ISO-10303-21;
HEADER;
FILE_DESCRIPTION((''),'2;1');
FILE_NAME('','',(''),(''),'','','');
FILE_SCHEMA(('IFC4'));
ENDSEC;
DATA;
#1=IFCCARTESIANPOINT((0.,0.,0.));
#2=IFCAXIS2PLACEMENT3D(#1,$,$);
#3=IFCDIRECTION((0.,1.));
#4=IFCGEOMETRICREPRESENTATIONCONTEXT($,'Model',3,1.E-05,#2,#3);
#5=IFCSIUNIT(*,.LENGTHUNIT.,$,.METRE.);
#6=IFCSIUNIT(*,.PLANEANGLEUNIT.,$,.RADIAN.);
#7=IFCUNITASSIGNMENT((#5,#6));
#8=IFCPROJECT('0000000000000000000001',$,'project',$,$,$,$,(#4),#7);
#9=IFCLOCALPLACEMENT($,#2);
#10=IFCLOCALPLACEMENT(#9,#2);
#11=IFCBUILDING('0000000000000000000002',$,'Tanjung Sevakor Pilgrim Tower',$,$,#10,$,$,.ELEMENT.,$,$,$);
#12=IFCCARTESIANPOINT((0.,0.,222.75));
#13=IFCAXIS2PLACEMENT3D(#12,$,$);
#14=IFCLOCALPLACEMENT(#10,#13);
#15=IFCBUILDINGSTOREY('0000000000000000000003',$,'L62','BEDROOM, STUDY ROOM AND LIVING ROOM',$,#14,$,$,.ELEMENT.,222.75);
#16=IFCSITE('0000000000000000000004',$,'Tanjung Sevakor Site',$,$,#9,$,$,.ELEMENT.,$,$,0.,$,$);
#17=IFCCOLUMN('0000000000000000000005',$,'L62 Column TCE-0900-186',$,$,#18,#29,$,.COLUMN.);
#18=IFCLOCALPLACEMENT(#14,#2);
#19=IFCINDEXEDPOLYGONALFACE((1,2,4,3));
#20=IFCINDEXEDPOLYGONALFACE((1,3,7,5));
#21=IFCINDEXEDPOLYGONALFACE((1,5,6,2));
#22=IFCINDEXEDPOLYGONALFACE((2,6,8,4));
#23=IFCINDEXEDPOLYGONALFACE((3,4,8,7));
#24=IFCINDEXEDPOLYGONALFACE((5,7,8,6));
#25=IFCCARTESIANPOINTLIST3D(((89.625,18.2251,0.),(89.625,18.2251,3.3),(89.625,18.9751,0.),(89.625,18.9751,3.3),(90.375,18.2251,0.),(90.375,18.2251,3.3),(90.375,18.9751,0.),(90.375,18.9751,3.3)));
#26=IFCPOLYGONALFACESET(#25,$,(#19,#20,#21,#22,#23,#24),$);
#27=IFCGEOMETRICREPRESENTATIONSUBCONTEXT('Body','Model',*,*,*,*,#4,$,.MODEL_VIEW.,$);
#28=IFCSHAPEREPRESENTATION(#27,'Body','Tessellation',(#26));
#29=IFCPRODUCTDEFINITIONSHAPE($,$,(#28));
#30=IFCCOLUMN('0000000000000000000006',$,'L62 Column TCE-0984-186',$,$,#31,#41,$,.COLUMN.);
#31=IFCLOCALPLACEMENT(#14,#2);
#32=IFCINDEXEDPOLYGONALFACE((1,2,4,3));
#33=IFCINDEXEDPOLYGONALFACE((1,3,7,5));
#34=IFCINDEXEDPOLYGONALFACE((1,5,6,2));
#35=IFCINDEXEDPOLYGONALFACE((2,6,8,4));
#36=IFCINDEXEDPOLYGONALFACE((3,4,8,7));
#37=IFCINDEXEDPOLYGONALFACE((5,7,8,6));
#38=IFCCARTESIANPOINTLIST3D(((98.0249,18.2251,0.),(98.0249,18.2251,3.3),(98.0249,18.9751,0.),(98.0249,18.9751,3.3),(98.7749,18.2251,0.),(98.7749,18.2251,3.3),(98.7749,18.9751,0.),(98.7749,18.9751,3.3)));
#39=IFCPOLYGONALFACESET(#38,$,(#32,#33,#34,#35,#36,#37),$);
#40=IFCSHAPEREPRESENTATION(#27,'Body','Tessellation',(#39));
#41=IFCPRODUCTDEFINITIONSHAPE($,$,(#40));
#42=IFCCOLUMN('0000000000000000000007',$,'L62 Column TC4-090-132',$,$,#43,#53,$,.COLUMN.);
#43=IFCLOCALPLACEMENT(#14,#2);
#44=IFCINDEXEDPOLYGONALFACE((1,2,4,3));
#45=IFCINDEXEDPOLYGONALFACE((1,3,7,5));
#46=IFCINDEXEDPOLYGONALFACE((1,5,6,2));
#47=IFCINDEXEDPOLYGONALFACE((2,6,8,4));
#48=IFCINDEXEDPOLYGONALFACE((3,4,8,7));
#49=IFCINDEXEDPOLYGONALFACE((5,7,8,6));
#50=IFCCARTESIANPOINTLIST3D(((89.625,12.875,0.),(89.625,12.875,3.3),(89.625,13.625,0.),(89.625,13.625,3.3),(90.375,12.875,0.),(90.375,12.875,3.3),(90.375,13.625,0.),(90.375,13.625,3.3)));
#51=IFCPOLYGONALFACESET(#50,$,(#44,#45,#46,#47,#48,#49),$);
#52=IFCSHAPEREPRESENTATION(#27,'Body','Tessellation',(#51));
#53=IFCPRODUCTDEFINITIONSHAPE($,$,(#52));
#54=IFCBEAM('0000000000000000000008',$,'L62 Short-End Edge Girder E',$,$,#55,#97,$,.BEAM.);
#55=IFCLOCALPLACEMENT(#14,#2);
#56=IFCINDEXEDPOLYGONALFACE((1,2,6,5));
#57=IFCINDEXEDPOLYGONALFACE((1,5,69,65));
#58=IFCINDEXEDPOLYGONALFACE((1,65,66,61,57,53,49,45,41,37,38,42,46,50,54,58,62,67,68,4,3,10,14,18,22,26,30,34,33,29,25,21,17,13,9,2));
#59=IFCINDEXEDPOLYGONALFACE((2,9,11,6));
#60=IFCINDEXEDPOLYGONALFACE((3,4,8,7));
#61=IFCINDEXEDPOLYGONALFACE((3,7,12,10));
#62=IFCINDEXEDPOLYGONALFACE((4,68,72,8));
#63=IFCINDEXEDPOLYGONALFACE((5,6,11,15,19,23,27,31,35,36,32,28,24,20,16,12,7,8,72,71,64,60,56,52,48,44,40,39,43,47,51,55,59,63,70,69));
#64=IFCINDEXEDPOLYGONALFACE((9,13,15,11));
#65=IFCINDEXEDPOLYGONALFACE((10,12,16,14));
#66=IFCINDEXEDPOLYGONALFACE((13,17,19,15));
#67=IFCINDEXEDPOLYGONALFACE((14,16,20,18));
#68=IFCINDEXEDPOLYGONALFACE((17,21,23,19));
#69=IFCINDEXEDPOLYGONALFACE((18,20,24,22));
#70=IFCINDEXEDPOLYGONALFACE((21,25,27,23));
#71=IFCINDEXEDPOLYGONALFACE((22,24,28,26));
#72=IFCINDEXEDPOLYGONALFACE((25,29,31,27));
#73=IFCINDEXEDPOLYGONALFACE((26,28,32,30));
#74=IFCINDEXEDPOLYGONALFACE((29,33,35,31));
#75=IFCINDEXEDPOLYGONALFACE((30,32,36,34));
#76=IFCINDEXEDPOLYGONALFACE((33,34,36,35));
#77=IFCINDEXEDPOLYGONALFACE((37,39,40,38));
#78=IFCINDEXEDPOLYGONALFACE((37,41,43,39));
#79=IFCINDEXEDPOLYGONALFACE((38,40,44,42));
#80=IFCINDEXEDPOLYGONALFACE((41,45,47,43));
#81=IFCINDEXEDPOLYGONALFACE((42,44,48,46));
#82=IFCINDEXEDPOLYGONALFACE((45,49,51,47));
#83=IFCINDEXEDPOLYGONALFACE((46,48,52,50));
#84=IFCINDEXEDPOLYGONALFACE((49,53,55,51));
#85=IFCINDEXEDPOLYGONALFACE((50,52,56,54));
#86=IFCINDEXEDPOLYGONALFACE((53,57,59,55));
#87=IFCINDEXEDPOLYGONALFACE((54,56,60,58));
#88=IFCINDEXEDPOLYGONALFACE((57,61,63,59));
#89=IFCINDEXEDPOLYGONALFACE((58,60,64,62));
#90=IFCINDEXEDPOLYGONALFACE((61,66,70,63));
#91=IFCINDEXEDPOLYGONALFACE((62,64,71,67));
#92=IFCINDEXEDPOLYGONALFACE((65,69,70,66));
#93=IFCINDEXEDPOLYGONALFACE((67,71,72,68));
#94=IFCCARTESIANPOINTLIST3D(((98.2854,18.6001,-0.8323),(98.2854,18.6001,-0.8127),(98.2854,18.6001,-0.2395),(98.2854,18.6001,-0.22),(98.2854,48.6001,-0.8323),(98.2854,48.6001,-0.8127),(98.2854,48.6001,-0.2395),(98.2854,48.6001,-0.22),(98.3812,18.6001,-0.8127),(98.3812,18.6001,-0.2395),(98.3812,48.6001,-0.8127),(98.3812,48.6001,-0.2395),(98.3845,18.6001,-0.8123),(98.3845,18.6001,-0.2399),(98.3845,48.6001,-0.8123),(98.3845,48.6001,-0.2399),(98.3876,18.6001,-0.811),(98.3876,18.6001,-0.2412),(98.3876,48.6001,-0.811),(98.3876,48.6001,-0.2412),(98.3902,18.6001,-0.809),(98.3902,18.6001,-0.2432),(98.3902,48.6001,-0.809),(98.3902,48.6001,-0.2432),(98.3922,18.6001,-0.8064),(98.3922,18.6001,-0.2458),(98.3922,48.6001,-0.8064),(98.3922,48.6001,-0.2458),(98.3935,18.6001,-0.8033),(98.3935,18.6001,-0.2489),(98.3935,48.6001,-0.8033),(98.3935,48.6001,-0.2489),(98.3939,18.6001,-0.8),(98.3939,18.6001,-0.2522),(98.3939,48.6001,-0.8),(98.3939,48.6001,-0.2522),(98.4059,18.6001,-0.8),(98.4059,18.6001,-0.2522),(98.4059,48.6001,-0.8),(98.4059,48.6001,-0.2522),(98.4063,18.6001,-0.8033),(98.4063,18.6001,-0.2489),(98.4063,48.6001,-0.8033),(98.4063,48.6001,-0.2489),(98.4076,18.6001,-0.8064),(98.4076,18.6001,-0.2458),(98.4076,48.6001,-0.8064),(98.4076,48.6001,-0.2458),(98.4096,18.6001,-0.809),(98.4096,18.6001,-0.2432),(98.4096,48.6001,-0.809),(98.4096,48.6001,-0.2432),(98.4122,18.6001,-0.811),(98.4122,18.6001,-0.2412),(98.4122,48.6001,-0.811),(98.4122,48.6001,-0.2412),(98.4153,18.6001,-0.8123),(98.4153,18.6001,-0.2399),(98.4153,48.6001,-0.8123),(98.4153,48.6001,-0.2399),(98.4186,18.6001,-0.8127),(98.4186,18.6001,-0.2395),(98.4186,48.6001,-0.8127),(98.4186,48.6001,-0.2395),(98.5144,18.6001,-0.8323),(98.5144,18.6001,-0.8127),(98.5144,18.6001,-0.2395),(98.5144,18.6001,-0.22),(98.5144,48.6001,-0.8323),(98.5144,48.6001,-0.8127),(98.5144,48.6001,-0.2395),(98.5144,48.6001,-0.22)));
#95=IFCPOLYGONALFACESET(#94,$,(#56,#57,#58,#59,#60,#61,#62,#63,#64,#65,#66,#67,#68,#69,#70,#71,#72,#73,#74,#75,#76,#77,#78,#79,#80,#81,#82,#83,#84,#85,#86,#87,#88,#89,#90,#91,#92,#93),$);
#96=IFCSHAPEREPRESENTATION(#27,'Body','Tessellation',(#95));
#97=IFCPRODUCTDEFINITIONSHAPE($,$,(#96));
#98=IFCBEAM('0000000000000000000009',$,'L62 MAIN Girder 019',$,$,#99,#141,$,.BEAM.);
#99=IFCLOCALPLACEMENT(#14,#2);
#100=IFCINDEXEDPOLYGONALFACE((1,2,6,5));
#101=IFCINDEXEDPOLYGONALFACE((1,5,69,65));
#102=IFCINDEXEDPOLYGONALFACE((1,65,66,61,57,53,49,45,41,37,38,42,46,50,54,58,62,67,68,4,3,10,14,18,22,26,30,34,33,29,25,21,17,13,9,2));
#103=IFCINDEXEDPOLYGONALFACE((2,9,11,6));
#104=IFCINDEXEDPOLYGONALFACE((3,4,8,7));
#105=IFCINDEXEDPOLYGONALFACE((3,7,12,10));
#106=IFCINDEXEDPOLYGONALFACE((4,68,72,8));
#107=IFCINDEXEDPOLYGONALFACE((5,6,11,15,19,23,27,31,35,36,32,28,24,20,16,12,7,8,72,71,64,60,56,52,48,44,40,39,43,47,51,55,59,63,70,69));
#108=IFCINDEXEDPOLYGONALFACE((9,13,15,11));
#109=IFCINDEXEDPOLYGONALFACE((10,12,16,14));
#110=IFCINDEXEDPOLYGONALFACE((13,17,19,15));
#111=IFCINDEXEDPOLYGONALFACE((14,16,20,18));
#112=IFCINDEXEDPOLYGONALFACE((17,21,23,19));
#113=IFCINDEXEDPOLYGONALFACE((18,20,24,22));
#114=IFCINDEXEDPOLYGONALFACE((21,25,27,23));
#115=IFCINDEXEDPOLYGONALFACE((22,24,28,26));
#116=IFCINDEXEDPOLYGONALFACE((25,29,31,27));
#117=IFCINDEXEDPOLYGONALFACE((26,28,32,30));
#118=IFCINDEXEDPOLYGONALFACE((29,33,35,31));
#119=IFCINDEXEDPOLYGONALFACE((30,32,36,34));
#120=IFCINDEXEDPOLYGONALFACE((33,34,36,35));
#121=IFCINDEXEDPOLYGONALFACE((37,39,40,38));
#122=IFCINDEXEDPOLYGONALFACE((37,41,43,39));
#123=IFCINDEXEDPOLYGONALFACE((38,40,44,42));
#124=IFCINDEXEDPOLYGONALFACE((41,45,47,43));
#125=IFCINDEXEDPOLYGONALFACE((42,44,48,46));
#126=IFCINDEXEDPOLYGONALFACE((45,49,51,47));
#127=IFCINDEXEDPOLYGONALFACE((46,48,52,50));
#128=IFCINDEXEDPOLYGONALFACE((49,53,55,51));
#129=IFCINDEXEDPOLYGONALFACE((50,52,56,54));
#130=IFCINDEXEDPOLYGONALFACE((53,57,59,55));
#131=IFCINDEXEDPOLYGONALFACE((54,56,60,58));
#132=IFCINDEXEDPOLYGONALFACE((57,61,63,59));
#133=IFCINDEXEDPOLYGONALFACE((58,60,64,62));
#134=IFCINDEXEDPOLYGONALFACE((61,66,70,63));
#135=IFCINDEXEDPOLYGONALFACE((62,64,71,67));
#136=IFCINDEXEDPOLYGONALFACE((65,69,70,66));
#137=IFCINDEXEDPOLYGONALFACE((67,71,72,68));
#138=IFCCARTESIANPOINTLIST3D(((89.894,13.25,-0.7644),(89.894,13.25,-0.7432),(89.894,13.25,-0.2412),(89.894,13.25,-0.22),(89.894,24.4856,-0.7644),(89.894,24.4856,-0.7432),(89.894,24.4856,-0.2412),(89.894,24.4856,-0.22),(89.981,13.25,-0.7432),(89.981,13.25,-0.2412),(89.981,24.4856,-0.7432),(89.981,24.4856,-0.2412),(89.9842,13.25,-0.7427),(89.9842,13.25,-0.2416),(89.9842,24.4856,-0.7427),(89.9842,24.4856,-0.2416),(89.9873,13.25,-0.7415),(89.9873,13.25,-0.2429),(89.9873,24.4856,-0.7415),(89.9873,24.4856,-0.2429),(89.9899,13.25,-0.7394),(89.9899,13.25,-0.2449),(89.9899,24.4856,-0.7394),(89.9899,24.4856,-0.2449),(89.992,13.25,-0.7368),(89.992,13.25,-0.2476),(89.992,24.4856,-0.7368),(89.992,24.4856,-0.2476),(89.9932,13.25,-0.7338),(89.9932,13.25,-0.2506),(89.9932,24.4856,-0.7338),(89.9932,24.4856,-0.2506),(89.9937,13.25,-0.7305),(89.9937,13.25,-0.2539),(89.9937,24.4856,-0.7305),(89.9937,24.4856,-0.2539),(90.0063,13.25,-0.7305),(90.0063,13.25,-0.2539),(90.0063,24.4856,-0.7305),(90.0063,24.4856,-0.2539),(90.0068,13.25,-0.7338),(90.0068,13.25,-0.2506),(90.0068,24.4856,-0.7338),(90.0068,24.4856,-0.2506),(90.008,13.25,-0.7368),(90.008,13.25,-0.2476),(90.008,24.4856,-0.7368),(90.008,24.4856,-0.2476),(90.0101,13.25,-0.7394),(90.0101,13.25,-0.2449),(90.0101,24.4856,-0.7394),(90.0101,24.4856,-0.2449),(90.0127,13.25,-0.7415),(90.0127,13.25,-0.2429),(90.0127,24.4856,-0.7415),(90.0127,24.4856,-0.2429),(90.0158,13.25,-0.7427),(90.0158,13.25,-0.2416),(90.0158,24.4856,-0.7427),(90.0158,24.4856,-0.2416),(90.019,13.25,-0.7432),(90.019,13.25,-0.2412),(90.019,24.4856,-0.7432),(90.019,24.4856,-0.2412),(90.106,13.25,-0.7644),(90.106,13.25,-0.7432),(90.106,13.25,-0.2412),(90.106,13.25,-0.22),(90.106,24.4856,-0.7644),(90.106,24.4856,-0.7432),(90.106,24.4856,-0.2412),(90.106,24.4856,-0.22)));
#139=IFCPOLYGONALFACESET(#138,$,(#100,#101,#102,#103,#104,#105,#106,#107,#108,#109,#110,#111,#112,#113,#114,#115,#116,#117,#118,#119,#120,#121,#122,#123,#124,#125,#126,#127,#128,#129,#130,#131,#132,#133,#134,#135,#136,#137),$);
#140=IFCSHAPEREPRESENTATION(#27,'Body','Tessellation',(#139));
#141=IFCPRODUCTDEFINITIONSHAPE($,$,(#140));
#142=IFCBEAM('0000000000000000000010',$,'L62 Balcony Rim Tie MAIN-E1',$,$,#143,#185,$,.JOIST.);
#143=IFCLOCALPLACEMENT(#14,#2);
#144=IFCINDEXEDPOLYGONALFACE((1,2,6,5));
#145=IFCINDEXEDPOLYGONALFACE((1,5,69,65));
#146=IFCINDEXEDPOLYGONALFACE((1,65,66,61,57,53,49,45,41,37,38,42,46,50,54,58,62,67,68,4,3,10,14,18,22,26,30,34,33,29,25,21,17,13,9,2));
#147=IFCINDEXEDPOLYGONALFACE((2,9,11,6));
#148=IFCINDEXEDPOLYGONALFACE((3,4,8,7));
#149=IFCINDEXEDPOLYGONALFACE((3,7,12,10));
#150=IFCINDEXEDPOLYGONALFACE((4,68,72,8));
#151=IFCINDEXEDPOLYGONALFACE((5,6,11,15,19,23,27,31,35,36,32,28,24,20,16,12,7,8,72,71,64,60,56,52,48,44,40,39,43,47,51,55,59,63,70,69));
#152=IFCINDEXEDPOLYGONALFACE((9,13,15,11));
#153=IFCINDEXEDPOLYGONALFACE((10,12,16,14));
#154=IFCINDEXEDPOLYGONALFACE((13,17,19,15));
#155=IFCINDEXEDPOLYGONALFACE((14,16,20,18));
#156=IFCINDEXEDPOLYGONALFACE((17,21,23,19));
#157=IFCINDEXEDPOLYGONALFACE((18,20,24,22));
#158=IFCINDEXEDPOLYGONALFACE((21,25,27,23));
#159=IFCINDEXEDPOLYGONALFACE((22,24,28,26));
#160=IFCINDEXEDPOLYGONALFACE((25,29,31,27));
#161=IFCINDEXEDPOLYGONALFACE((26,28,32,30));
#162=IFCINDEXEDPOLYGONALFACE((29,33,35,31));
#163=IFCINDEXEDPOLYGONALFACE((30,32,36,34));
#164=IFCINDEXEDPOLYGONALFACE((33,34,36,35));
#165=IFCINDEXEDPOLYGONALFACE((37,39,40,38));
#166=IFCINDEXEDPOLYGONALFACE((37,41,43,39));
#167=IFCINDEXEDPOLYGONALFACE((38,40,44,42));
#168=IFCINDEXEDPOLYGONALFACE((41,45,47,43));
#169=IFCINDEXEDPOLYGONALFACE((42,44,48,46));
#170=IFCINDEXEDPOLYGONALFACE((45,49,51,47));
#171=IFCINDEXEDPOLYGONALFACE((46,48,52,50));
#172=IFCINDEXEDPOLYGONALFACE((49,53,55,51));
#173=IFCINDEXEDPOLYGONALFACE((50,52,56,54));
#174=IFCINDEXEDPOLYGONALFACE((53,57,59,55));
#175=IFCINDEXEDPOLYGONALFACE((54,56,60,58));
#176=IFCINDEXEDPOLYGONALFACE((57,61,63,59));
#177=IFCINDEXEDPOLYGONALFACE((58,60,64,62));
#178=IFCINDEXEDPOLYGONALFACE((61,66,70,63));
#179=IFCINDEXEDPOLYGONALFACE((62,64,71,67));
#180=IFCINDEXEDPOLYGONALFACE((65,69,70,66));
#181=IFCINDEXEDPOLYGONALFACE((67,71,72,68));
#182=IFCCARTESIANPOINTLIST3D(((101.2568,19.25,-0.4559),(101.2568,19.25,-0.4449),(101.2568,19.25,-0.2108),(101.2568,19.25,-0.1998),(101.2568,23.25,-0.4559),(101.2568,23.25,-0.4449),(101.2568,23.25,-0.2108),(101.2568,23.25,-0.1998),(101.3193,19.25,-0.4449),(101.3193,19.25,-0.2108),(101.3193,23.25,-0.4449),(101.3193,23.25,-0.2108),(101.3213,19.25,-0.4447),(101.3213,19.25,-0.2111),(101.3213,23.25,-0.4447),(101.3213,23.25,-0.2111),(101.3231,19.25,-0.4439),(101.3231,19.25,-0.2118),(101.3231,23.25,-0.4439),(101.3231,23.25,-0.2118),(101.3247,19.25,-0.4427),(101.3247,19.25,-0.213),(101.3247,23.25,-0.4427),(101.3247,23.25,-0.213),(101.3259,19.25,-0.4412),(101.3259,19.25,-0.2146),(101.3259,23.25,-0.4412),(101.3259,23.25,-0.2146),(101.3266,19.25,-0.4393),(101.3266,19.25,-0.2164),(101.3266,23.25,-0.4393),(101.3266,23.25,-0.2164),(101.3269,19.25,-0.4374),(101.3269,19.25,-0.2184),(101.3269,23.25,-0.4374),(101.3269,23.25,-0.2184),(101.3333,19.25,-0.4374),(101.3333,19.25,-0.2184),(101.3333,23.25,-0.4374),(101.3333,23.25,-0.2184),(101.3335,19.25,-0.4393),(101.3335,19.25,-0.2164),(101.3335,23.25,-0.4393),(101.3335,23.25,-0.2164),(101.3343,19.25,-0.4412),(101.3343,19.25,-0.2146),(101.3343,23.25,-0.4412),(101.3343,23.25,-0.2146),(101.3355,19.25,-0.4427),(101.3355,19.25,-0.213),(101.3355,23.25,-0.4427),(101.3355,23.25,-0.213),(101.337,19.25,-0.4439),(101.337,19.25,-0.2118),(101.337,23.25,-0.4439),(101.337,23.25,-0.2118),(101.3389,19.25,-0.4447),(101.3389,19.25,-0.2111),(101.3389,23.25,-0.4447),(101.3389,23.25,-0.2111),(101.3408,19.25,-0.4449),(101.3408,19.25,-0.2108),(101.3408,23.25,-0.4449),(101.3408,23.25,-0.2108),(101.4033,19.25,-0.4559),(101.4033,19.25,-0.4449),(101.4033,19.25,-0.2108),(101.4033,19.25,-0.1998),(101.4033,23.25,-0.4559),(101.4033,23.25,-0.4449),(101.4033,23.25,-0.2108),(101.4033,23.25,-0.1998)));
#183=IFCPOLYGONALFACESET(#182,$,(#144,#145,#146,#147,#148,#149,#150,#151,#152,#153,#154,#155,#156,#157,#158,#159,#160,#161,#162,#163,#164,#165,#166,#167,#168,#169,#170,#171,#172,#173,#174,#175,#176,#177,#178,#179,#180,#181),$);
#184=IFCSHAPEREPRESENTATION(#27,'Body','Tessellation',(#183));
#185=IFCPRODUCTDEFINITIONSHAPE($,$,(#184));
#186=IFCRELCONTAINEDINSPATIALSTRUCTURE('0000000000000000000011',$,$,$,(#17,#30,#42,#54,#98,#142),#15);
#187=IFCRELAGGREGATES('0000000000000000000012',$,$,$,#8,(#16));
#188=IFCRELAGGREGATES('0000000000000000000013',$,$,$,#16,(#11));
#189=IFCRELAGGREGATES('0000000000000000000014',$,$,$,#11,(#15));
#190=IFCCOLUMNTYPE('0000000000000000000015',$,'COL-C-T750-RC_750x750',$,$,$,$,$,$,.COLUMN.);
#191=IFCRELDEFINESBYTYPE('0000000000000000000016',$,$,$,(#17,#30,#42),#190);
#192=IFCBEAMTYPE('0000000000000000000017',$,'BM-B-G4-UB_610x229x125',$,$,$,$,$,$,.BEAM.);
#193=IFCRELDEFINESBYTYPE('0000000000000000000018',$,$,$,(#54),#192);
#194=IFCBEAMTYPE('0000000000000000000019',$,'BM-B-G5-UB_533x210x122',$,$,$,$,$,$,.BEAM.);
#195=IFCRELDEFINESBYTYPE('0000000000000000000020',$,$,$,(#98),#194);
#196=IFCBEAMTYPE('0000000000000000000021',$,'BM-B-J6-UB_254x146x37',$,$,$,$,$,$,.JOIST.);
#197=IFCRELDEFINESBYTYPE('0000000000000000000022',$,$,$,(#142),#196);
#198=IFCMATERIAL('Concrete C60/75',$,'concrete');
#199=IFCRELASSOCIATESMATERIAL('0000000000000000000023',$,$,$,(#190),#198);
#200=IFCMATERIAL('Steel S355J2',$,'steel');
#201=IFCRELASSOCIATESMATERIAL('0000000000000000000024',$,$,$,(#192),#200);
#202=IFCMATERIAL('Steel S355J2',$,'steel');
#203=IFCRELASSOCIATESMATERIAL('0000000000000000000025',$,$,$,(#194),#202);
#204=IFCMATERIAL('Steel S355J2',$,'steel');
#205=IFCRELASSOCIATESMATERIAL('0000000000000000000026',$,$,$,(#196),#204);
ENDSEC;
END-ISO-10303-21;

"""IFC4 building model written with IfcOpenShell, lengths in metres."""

from ifc_helpers import new_model, si_unit, direction, frame, origin, origin_2d, place, context, subcontext, project, spatial, rectangle, i_section, extrude, material, material_profile, profile_set, type_object, element, save


model = new_model("IFC4")

# Units and contexts
model_context = context("Model", 3, precision=1e-05, world=origin(), true_north=direction((0.0, 1.0)))
body_context = subcontext(model_context, "Body", "Model", "MODEL_VIEW")
ifc_project = project(units=[si_unit("LENGTHUNIT", "METRE"), si_unit("PLANEANGLEUNIT", "RADIAN")], contexts=[model_context])

# Site, building, storey
site_placement = place(None, origin())
site = spatial("IfcSite", under=ifc_project, at=site_placement, Name="Tanjung Sevakor Site", CompositionType="ELEMENT", RefElevation=0.0)
building_placement = place(site_placement, origin())
building = spatial("IfcBuilding", under=site, at=building_placement, Name="Tanjung Sevakor Pilgrim Tower", CompositionType="ELEMENT")
storey_placement = place(building_placement, frame((0.0, 0.0, 222.75)))
storey = spatial("IfcBuildingStorey", under=building, at=storey_placement, Name="L62", Description="BEDROOM, STUDY ROOM AND LIVING ROOM", CompositionType="ELEMENT", Elevation=222.75)

# Columns
ifc_material_1 = material(Name="Concrete C60/75", Category="concrete")
ifc_material_profile_1 = material_profile(ifc_material_1, rectangle(XDim=0.75, YDim=0.75, at=origin_2d()))
ifc_profile_set_1 = profile_set([ifc_material_profile_1], Name="Concrete C60/75")
column_type = type_object("IfcColumnType", Name="COL-C-T750-RC_750x750", PredefinedType="COLUMN", material=ifc_profile_set_1)
for number, where, z_axis, x_axis, name in (
    (1, (90.0, 18.6001, 0.0), (0.0, 0.0, 1.0), (1.0, 0.0, 0.0), "L62 Column TCE-0900-186"),
    (2, (98.3999, 18.6001, 0.0), (0.0, 0.0, 1.0), (1.0, 0.0, 0.0), "L62 Column TCE-0984-186"),
    (3, (90.0, 13.25, 0.0), (0.0, 0.0, 1.0), (1.0, 0.0, 0.0), "L62 Column TC4-090-132"),
):
    element("IfcColumn", number, at=place(storey_placement, frame(where, z_axis=z_axis, x_axis=x_axis)), inside=storey, type_object=column_type, Name=name, PredefinedType="COLUMN", context=body_context, shape_type="SweptSolid", body=[
        extrude(rectangle(XDim=0.75, YDim=0.75, at=origin_2d()), origin(), (0.0, 0.0, 1.0), 3.3),
    ])

# Beams
ifc_material_2 = material(Name="Steel S355J2", Category="steel")
ifc_material_profile_2 = material_profile(ifc_material_2, i_section(OverallWidth=0.229, OverallDepth=0.6123, WebThickness=0.012, FlangeThickness=0.0195, FilletRadius=0.0127, at=origin_2d()))
ifc_profile_set_2 = profile_set([ifc_material_profile_2], Name="Steel S355J2")
beam_type_1 = type_object("IfcBeamType", Name="BM-B-G4-UB_610x229x125", PredefinedType="BEAM", material=ifc_profile_set_2)
beam_1_placement = place(storey_placement, frame((98.3999, 18.6001, -0.5261), z_axis=(0.0, 1.0, 0.0), x_axis=(-1.0, 0.0, 0.0)))
element("IfcBeam", 4, at=beam_1_placement, inside=storey, type_object=beam_type_1, Name="L62 Short-End Edge Girder E", PredefinedType="BEAM", context=body_context, shape_type="SweptSolid", body=[
    extrude(i_section(OverallWidth=0.229, OverallDepth=0.6123, WebThickness=0.012, FlangeThickness=0.0195, FilletRadius=0.0127, at=origin_2d()), origin(), (0.0, 0.0, 1.0), 30.0),
])
ifc_material_3 = material(Name="Steel S355J2", Category="steel")
ifc_material_profile_3 = material_profile(ifc_material_3, i_section(OverallWidth=0.2119, OverallDepth=0.5444, WebThickness=0.0127, FlangeThickness=0.0212, FilletRadius=0.0127, at=origin_2d()))
ifc_profile_set_3 = profile_set([ifc_material_profile_3], Name="Steel S355J2")
beam_type_2 = type_object("IfcBeamType", Name="BM-B-G5-UB_533x210x122", PredefinedType="BEAM", material=ifc_profile_set_3)
beam_2_placement = place(storey_placement, frame((90.0, 13.25, -0.4922), z_axis=(0.0, 1.0, 0.0), x_axis=(-1.0, 0.0, 0.0)))
element("IfcBeam", 5, at=beam_2_placement, inside=storey, type_object=beam_type_2, Name="L62 MAIN Girder 019", PredefinedType="BEAM", context=body_context, shape_type="SweptSolid", body=[
    extrude(i_section(OverallWidth=0.2119, OverallDepth=0.5444, WebThickness=0.0127, FlangeThickness=0.0212, FilletRadius=0.0127, at=origin_2d()), origin(), (0.0, 0.0, 1.0), 11.2356),
])
ifc_material_4 = material(Name="Steel S355J2", Category="steel")
ifc_material_profile_4 = material_profile(ifc_material_4, i_section(OverallWidth=0.1465, OverallDepth=0.2561, WebThickness=0.0063, FlangeThickness=0.011, FilletRadius=0.0076, at=origin_2d()))
ifc_profile_set_4 = profile_set([ifc_material_profile_4], Name="Steel S355J2")
beam_type_3 = type_object("IfcBeamType", Name="BM-B-J6-UB_254x146x37", PredefinedType="JOIST", material=ifc_profile_set_4)
beam_3_placement = place(storey_placement, frame((101.3301, 19.25, -0.3279), z_axis=(0.0, 1.0, 0.0), x_axis=(-1.0, 0.0, 0.0)))
element("IfcBeam", 6, at=beam_3_placement, inside=storey, type_object=beam_type_3, Name="L62 Balcony Rim Tie MAIN-E1", PredefinedType="JOIST", context=body_context, shape_type="SweptSolid", body=[
    extrude(i_section(OverallWidth=0.1465, OverallDepth=0.2561, WebThickness=0.0063, FlangeThickness=0.011, FilletRadius=0.0076, at=origin_2d()), origin(), (0.0, 0.0, 1.0), 4.0),
])

save(model, "model.ifc")
